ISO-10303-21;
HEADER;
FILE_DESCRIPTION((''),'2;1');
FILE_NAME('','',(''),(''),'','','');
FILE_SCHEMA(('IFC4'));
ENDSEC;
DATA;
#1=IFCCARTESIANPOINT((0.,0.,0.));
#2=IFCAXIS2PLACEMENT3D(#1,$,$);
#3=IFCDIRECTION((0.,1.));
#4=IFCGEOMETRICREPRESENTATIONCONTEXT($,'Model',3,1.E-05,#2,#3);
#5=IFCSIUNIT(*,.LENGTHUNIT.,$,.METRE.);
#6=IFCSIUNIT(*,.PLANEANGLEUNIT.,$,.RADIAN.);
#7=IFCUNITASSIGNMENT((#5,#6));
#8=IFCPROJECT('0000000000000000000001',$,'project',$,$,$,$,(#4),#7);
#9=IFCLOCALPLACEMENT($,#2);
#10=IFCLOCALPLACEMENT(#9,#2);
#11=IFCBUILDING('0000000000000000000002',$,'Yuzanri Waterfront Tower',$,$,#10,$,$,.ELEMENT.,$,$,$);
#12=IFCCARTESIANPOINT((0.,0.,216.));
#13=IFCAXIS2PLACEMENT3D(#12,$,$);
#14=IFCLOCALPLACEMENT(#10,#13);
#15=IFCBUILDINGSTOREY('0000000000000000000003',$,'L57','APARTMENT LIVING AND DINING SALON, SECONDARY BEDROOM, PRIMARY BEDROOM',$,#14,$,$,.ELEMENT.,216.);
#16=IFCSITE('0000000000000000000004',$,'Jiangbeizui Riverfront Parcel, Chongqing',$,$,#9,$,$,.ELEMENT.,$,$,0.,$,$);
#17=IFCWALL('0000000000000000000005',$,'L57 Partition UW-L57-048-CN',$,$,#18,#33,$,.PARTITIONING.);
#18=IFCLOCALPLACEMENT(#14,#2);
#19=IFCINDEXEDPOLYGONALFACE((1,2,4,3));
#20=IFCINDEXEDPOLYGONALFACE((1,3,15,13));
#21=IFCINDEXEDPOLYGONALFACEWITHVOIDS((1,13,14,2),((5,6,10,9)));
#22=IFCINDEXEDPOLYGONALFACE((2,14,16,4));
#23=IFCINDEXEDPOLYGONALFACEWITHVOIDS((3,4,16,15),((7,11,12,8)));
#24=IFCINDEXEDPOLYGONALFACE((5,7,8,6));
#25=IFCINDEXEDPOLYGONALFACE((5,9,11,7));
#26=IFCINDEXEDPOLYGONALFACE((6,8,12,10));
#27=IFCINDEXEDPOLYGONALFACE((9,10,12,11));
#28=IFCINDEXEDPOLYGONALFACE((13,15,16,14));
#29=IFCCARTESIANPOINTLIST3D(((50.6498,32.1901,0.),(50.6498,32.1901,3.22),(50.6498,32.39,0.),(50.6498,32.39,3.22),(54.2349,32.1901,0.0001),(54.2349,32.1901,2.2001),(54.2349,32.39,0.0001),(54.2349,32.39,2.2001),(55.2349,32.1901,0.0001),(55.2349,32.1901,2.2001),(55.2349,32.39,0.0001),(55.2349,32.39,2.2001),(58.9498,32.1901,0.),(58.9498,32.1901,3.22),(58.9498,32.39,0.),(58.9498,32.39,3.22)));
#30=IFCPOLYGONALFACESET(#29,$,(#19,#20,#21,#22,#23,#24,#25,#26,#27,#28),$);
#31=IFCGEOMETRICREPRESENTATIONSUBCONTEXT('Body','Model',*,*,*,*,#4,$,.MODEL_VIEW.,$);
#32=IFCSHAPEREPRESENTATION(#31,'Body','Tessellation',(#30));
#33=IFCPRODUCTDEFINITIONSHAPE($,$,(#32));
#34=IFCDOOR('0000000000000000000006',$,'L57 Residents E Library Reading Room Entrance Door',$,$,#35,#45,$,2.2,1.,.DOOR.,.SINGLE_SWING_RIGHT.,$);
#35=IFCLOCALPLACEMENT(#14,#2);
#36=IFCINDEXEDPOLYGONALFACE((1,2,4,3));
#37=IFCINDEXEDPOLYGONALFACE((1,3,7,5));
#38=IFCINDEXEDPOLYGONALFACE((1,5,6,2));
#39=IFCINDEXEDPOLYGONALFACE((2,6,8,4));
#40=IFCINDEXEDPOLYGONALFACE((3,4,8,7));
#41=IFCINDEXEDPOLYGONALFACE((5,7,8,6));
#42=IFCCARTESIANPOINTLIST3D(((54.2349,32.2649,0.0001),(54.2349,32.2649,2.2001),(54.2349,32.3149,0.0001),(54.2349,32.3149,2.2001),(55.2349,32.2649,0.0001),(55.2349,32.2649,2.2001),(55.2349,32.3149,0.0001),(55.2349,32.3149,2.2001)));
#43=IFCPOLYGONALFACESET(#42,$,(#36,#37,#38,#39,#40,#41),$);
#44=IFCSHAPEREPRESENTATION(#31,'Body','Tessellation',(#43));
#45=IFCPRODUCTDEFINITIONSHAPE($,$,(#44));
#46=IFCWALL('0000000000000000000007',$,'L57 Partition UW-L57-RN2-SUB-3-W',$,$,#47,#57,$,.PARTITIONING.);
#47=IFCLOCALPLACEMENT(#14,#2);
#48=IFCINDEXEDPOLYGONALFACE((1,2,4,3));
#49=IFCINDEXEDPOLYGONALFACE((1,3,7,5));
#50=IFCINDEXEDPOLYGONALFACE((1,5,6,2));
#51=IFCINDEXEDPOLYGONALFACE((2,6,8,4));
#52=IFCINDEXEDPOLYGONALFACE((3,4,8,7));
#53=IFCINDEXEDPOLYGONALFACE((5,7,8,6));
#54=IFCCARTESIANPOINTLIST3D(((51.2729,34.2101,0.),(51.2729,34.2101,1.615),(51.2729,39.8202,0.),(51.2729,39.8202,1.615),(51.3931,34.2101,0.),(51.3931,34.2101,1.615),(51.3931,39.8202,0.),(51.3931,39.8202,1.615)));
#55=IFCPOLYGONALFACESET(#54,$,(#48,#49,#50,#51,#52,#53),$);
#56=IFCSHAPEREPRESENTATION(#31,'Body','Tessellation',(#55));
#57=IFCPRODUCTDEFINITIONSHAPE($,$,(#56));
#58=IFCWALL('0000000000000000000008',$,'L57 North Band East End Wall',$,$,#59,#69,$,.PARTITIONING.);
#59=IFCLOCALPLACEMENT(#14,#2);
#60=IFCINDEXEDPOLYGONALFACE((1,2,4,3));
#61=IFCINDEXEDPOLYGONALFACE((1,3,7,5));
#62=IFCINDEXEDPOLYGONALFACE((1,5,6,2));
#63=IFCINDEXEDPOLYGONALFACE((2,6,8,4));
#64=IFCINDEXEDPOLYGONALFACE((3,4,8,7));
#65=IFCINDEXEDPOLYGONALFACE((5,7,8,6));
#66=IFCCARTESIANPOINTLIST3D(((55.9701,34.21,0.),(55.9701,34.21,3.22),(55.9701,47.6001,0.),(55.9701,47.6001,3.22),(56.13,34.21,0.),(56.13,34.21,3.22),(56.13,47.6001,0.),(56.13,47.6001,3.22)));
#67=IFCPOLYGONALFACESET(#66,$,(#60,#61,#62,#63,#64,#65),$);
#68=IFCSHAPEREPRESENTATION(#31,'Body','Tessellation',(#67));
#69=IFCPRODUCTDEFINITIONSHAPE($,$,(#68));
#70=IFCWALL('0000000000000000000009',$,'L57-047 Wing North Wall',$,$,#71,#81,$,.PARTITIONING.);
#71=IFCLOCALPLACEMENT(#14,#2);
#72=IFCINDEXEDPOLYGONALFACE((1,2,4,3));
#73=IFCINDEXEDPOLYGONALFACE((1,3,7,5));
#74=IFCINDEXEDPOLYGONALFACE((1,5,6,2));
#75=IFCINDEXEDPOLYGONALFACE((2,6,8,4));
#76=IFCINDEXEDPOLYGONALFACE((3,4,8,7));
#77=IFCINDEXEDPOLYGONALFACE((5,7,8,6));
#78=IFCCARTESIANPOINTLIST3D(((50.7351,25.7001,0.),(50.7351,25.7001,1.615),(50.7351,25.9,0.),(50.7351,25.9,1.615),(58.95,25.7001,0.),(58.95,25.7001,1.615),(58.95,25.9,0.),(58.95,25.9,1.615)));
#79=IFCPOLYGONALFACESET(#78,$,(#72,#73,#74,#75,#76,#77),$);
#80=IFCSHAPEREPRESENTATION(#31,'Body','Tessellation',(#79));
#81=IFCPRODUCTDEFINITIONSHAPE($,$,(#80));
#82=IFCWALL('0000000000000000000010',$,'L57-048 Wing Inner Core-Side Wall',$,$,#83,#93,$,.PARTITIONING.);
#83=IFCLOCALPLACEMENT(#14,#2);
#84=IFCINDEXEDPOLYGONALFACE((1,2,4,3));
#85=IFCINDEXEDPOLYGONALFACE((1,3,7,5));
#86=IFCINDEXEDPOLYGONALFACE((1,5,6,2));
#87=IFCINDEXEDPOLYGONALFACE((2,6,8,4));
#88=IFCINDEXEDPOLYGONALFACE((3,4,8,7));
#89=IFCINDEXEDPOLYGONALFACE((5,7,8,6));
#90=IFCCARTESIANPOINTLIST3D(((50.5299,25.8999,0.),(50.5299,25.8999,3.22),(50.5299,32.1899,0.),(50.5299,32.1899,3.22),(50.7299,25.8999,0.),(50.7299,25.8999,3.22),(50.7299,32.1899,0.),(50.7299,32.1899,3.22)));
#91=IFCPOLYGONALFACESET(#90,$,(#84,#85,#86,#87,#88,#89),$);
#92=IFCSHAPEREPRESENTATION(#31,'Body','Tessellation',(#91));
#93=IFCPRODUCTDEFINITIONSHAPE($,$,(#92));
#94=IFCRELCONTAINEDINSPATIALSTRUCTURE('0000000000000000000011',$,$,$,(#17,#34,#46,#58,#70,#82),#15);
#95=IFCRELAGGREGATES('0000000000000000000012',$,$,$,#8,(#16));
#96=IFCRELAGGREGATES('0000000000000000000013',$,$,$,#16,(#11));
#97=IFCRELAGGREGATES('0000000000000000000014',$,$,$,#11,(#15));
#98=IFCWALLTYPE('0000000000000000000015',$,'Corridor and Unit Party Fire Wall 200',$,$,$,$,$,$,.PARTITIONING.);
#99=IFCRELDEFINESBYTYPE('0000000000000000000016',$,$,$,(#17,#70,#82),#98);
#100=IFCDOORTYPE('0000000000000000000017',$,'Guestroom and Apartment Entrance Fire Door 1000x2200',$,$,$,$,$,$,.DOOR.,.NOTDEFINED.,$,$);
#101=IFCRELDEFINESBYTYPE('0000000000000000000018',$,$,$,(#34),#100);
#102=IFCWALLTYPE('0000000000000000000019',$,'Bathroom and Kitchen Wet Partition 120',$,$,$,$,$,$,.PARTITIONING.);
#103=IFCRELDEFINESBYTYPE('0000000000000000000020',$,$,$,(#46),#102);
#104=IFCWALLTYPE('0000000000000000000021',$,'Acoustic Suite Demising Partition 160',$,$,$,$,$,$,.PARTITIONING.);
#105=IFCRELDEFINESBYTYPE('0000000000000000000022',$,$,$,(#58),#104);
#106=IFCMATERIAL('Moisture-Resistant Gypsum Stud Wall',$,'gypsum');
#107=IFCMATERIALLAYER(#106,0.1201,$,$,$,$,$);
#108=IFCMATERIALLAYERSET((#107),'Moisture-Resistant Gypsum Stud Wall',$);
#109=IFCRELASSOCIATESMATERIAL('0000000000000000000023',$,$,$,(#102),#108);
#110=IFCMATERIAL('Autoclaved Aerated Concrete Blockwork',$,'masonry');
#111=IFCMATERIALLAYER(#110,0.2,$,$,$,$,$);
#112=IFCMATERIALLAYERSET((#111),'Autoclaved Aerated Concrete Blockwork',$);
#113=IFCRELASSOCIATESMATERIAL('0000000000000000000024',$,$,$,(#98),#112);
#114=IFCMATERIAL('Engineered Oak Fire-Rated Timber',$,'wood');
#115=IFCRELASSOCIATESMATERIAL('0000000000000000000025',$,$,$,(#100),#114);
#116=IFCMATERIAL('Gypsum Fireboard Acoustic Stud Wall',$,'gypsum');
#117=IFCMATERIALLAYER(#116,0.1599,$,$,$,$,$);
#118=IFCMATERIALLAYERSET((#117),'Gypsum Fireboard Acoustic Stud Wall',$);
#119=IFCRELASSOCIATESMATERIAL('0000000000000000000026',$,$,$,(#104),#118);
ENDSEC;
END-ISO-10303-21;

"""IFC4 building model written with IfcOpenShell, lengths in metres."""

from ifc_helpers import new_model, si_unit, direction, frame, frame_2d, origin, place, context, subcontext, project, spatial, rectangle, extrude, source, transform, mapped, material, layer, layer_set, type_object, element, fill, save


model = new_model("IFC4")

# Units and contexts
model_context = context("Model", 3, precision=1e-05, world=origin(), true_north=direction((0.0, 1.0)))
body_context = subcontext(model_context, "Body", "Model", "MODEL_VIEW")
ifc_project = project(units=[si_unit("LENGTHUNIT", "METRE"), si_unit("PLANEANGLEUNIT", "RADIAN")], contexts=[model_context])

# Site, building, storey
site_placement = place(None, origin())
site = spatial("IfcSite", under=ifc_project, at=site_placement, Name="Jiangbeizui Riverfront Parcel, Chongqing", CompositionType="ELEMENT", RefElevation=0.0)
building_placement = place(site_placement, origin())
building = spatial("IfcBuilding", under=site, at=building_placement, Name="Yuzanri Waterfront Tower", CompositionType="ELEMENT")
storey_placement = place(building_placement, frame((0.0, 0.0, 216.0)))
storey = spatial("IfcBuildingStorey", under=building, at=storey_placement, Name="L57", Description="APARTMENT LIVING AND DINING SALON, SECONDARY BEDROOM, PRIMARY BEDROOM", CompositionType="ELEMENT", Elevation=216.0)

# Wall, opening, door
ifc_material_1 = material(Name="Moisture-Resistant Gypsum Stud Wall", Category="gypsum")
ifc_layer_1 = layer(ifc_material_1, 0.1201)
ifc_layer_set_1 = layer_set([ifc_layer_1], Name="Moisture-Resistant Gypsum Stud Wall")
wall_type_1 = type_object("IfcWallType", Name="Bathroom and Kitchen Wet Partition 120", PredefinedType="PARTITIONING", material=ifc_layer_set_1)
ifc_material_2 = material(Name="Autoclaved Aerated Concrete Blockwork", Category="masonry")
ifc_layer_2 = layer(ifc_material_2, 0.2)
ifc_layer_set_2 = layer_set([ifc_layer_2], Name="Autoclaved Aerated Concrete Blockwork")
wall_type_2 = type_object("IfcWallType", Name="Corridor and Unit Party Fire Wall 200", PredefinedType="PARTITIONING", material=ifc_layer_set_2)
wall_1_placement = place(storey_placement, frame((50.6499, 32.29, 0.0), z_axis=(0.0, 0.0, 1.0), x_axis=(1.0, 0.0, 0.0)))
wall_1 = element("IfcWall", 1, at=wall_1_placement, inside=storey, type_object=wall_type_2, Name="L57 Partition UW-L57-048-CN", PredefinedType="PARTITIONING", context=body_context, shape_type="SweptSolid", body=[
    extrude(rectangle(XDim=8.3, YDim=0.2, at=frame_2d((4.1499, 0.0))), origin(), (0.0, 0.0, 1.0), 3.22),
])
opening_1_placement = place(wall_1_placement, frame((3.585, 0.0, 0.0)))
opening_1 = element("IfcOpeningElement", 2, at=opening_1_placement, cuts=wall_1, PredefinedType="OPENING", context=body_context, shape_type="SweptSolid", body=[
    extrude(rectangle(XDim=1.0, YDim=2.2, at=frame_2d((0.5, 1.1001))), frame((0.0, 0.1147, 0.0), z_axis=(0.0, -1.0, 0.0), x_axis=(1.0, 0.0, 0.0)), (0.0, 0.0, 1.0), 0.2297),
])
ifc_material_3 = material(Name="Engineered Oak Fire-Rated Timber", Category="wood")
door_type_1 = type_object("IfcDoorType", Name="Guestroom and Apartment Entrance Fire Door 1000x2200", OperationType="NOTDEFINED", PredefinedType="DOOR", material=ifc_material_3)
shared_shape_1 = source(origin(), body_context, "Body", "SweptSolid", [
    extrude(rectangle(XDim=1.0, YDim=2.2, at=frame_2d((0.5, 1.1001))), frame((0.0, 0.0249, 0.0), z_axis=(0.0, -1.0, 0.0), x_axis=(1.0, 0.0, 0.0)), (0.0, 0.0, 1.0), 0.05),
])
door_1_placement = place(opening_1_placement, origin())
door_1 = element("IfcDoor", 3, at=door_1_placement, inside=storey, type_object=door_type_1, Name="L57 Residents E Library Reading Room Entrance Door", OperationType="SINGLE_SWING_RIGHT", OverallHeight=2.2, OverallWidth=1.0, PredefinedType="DOOR", context=body_context, shape_type="MappedRepresentation", body=[
    mapped(shared_shape_1, transform((0.0, 0.0, 0.0), scale=1.0)),
])
fill(opening_1, door_1)

# Walls
shared_shape_2 = source(origin(), body_context, "Body", "SweptSolid", [
    extrude(rectangle(XDim=5.6101, YDim=0.1201, at=frame_2d((2.8052, 0.0))), origin(), (0.0, 0.0, 1.0), 1.615),
])
wall_2_placement = place(storey_placement, frame((51.333, 34.21, 0.0), z_axis=(0.0, 0.0, 1.0), x_axis=(0.0, 1.0, 0.0)))
element("IfcWall", 4, at=wall_2_placement, inside=storey, type_object=wall_type_1, Name="L57 Partition UW-L57-RN2-SUB-3-W", PredefinedType="PARTITIONING", context=body_context, shape_type="MappedRepresentation", body=[
    mapped(shared_shape_2, transform((0.0, 0.0, 0.0), scale=1.0)),
])
ifc_material_4 = material(Name="Gypsum Fireboard Acoustic Stud Wall", Category="gypsum")
ifc_layer_3 = layer(ifc_material_4, 0.1599)
ifc_layer_set_3 = layer_set([ifc_layer_3], Name="Gypsum Fireboard Acoustic Stud Wall")
wall_type_3 = type_object("IfcWallType", Name="Acoustic Suite Demising Partition 160", PredefinedType="PARTITIONING", material=ifc_layer_set_3)
shared_shape_3 = source(origin(), body_context, "Body", "SweptSolid", [
    extrude(rectangle(XDim=13.3901, YDim=0.1599, at=frame_2d((6.6951, 0.0))), origin(), (0.0, 0.0, 1.0), 3.22),
])
wall_3_placement = place(storey_placement, frame((56.05, 34.21, 0.0), z_axis=(0.0, 0.0, 1.0), x_axis=(0.0, 1.0, 0.0)))
element("IfcWall", 5, at=wall_3_placement, inside=storey, type_object=wall_type_3, Name="L57 North Band East End Wall", PredefinedType="PARTITIONING", context=body_context, shape_type="MappedRepresentation", body=[
    mapped(shared_shape_3, transform((0.0, 0.0, 0.0), scale=1.0)),
])
shared_shape_4 = source(origin(), body_context, "Body", "SweptSolid", [
    extrude(rectangle(XDim=8.2148, YDim=0.2, at=frame_2d((4.1074, 0.0))), origin(), (0.0, 0.0, 1.0), 1.615),
])
wall_4_placement = place(storey_placement, frame((50.7351, 25.8, 0.0), z_axis=(0.0, 0.0, 1.0), x_axis=(1.0, 0.0, 0.0)))
element("IfcWall", 6, at=wall_4_placement, inside=storey, type_object=wall_type_2, Name="L57-047 Wing North Wall", PredefinedType="PARTITIONING", context=body_context, shape_type="MappedRepresentation", body=[
    mapped(shared_shape_4, transform((0.0, 0.0, 0.0), scale=1.0)),
])
shared_shape_5 = source(origin(), body_context, "Body", "SweptSolid", [
    extrude(rectangle(XDim=6.29, YDim=0.2, at=frame_2d((3.145, 0.0))), origin(), (0.0, 0.0, 1.0), 3.22),
])
wall_5_placement = place(storey_placement, frame((50.6299, 25.8999, 0.0), z_axis=(0.0, 0.0, 1.0), x_axis=(0.0, 1.0, 0.0)))
element("IfcWall", 7, at=wall_5_placement, inside=storey, type_object=wall_type_2, Name="L57-048 Wing Inner Core-Side Wall", PredefinedType="PARTITIONING", context=body_context, shape_type="MappedRepresentation", body=[
    mapped(shared_shape_5, transform((0.0, 0.0, 0.0), scale=1.0)),
])

save(model, "model.ifc")
